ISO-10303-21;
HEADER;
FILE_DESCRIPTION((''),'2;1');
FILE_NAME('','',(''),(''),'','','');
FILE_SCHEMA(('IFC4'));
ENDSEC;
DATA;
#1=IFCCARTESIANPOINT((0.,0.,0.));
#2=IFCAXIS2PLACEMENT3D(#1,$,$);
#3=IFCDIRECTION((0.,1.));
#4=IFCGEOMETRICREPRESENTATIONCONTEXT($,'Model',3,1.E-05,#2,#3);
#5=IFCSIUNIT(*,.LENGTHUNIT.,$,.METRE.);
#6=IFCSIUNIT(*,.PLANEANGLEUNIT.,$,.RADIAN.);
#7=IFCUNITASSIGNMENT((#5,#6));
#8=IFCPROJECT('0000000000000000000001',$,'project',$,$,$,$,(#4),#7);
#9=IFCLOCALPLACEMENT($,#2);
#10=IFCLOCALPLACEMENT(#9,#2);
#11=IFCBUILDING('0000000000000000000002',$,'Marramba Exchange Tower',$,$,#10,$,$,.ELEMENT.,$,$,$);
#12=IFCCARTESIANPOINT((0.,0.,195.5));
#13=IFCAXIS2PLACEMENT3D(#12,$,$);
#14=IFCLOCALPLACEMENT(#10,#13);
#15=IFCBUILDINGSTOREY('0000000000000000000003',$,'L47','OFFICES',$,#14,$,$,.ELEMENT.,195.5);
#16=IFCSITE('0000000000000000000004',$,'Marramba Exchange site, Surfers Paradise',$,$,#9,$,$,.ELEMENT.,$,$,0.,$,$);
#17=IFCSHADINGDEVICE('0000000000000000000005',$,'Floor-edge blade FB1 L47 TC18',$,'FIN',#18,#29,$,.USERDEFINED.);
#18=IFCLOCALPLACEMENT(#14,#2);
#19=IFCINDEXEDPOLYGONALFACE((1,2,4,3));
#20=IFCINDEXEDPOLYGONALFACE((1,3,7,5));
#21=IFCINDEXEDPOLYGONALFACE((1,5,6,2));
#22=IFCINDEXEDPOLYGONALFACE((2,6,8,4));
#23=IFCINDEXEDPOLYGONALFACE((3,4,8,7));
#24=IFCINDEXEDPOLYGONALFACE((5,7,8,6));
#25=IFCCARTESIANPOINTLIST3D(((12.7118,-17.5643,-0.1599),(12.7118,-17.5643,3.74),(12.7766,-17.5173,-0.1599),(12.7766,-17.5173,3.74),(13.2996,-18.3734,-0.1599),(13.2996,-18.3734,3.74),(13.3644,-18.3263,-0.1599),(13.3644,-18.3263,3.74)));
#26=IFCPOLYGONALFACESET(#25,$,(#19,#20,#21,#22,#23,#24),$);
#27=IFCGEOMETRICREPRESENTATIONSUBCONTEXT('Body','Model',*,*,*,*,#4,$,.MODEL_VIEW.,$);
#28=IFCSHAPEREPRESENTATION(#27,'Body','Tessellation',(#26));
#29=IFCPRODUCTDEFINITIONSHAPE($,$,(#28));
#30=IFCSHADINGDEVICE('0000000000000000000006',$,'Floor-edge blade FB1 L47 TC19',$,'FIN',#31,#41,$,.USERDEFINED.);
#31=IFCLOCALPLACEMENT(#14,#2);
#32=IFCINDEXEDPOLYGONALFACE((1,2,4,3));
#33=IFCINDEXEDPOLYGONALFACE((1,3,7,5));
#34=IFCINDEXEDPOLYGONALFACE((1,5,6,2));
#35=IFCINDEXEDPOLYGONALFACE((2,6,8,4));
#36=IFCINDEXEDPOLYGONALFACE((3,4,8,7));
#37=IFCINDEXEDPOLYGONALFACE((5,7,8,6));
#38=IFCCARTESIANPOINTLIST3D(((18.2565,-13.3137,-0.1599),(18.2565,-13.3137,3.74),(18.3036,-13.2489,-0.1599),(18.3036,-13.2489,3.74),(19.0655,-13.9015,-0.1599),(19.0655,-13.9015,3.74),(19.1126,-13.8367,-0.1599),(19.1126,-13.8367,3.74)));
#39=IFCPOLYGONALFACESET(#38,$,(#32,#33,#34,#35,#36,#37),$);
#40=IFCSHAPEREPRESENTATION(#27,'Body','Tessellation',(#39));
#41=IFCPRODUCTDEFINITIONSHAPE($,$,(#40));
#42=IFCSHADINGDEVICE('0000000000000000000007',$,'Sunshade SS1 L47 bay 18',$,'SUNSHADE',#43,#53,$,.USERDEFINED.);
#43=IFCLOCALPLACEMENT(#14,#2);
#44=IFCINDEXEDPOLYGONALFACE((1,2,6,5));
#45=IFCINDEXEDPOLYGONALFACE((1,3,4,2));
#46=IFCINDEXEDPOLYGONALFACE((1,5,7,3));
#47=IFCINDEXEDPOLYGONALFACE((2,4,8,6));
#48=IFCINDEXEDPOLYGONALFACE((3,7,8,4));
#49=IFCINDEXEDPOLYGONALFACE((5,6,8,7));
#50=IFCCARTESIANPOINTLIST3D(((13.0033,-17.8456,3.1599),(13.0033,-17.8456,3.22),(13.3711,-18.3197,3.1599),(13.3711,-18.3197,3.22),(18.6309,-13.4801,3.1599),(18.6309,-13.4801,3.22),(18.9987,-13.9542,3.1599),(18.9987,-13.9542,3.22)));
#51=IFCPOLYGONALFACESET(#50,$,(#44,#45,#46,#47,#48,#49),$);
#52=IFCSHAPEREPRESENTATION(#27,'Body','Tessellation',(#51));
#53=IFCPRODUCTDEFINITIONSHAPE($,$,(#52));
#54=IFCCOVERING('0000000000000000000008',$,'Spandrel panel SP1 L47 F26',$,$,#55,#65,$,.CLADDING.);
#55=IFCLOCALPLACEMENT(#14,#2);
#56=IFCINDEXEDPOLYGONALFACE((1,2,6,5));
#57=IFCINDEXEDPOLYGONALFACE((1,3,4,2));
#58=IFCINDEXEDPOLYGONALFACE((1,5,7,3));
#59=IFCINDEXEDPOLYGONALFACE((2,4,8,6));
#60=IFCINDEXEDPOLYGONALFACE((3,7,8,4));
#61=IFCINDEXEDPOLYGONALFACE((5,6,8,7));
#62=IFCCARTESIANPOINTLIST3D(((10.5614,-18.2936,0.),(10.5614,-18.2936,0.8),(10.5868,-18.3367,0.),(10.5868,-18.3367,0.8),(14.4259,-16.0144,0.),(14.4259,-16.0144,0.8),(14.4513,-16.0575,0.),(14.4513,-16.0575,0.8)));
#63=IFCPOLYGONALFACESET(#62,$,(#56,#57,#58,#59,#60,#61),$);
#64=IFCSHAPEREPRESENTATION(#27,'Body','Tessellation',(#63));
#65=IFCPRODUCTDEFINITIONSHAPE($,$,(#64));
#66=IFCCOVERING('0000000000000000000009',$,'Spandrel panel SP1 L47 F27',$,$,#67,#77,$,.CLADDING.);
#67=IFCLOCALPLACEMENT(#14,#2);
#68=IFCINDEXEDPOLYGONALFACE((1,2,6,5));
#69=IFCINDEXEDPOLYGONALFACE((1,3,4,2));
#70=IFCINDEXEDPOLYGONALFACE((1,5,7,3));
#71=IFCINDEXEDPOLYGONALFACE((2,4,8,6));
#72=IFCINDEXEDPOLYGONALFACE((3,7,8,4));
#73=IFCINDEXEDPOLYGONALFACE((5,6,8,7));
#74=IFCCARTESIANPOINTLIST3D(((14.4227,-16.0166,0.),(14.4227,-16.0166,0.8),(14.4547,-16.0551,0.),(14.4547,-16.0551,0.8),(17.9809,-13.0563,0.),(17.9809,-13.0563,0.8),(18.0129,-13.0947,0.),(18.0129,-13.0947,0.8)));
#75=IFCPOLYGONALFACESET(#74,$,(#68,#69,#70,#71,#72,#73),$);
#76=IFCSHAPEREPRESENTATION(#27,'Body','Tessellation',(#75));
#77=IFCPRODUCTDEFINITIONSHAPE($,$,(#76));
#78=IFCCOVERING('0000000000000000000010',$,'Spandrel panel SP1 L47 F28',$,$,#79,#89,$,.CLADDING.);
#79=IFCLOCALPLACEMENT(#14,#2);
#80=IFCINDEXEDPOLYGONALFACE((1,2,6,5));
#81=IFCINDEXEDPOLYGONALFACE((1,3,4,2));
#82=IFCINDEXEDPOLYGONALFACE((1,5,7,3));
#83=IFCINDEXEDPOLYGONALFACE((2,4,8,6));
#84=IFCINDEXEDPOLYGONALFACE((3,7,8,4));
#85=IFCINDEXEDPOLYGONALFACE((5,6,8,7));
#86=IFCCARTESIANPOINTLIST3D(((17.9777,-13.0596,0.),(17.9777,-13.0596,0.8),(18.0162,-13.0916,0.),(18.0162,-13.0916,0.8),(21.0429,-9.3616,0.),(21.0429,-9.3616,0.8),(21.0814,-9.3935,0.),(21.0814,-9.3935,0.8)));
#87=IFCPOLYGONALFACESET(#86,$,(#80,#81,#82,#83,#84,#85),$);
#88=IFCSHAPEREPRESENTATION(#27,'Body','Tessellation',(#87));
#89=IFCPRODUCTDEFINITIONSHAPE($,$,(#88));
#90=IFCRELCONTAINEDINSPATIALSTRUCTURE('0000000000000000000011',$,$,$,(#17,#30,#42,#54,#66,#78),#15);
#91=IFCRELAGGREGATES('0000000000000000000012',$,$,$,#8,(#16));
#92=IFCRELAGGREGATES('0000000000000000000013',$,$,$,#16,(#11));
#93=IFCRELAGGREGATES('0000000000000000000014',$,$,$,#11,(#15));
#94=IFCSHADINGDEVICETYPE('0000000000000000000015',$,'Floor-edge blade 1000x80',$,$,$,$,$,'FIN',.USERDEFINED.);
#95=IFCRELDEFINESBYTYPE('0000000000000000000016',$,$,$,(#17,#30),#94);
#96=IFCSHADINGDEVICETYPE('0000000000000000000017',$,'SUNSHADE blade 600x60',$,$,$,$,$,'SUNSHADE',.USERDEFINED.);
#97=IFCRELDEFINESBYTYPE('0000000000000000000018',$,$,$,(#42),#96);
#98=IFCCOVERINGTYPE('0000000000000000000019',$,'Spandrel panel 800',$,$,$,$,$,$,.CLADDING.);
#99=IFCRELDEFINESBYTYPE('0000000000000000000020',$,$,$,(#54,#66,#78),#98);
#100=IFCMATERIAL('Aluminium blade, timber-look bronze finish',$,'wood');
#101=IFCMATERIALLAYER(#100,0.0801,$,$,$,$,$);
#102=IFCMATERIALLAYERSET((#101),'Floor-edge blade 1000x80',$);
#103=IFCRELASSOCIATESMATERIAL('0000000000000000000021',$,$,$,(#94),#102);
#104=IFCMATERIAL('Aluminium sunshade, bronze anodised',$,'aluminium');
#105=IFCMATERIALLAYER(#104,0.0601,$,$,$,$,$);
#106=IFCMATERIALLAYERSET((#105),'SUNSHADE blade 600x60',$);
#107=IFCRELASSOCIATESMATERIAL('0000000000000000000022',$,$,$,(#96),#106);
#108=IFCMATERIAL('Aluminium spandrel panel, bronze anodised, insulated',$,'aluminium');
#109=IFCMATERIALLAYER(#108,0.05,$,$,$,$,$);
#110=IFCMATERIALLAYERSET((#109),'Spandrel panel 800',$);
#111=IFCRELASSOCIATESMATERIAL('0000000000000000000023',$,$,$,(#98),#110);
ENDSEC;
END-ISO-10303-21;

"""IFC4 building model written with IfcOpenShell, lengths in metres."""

from ifc_helpers import new_model, si_unit, direction, frame, origin, origin_2d, place, context, subcontext, project, spatial, rectangle, extrude, material, layer, layer_set, type_object, element, save


model = new_model("IFC4")

# Units and contexts
model_context = context("Model", 3, precision=1e-05, world=origin(), true_north=direction((0.0, 1.0)))
body_context = subcontext(model_context, "Body", "Model", "MODEL_VIEW")
ifc_project = project(units=[si_unit("LENGTHUNIT", "METRE"), si_unit("PLANEANGLEUNIT", "RADIAN")], contexts=[model_context])

# Site, building, storey
site_placement = place(None, origin())
site = spatial("IfcSite", under=ifc_project, at=site_placement, Name="Marramba Exchange site, Surfers Paradise", CompositionType="ELEMENT", RefElevation=0.0)
building_placement = place(site_placement, origin())
building = spatial("IfcBuilding", under=site, at=building_placement, Name="Marramba Exchange Tower", CompositionType="ELEMENT")
storey_placement = place(building_placement, frame((0.0, 0.0, 195.5)))
storey = spatial("IfcBuildingStorey", under=building, at=storey_placement, Name="L47", Description="OFFICES", CompositionType="ELEMENT", Elevation=195.5)

# Shading devices
ifc_material_1 = material(Name="Aluminium blade, timber-look bronze finish", Category="wood")
ifc_layer_1 = layer(ifc_material_1, 0.0801)
ifc_layer_set_1 = layer_set([ifc_layer_1], Name="Floor-edge blade 1000x80")
shading_device_type_1 = type_object("IfcShadingDeviceType", Name="Floor-edge blade 1000x80", ElementType="FIN", PredefinedType="USERDEFINED", material=ifc_layer_set_1)
for number, where, z_axis, x_axis, name in (
    (1, (13.0381, -17.9453, -0.1599), (0.0, 0.0, 1.0), (0.587785, -0.809017, 0.0), "Floor-edge blade FB1 L47 TC18"),
    (2, (18.6846, -13.5752, -0.1599), (0.0, 0.0, 1.0), (0.809017, -0.587785, 0.0), "Floor-edge blade FB1 L47 TC19"),
):
    element("IfcShadingDevice", number, at=place(storey_placement, frame(where, z_axis=z_axis, x_axis=x_axis)), inside=storey, type_object=shading_device_type_1, Name=name, ObjectType="FIN", PredefinedType="USERDEFINED", context=body_context, shape_type="SweptSolid", body=[
        extrude(rectangle(XDim=1.0, YDim=0.0801, at=origin_2d()), origin(), (0.0, 0.0, 1.0), 3.8999),
    ])
ifc_material_2 = material(Name="Aluminium sunshade, bronze anodised", Category="aluminium")
ifc_layer_2 = layer(ifc_material_2, 0.0601)
ifc_layer_set_2 = layer_set([ifc_layer_2], Name="SUNSHADE blade 600x60")
shading_device_type_2 = type_object("IfcShadingDeviceType", Name="SUNSHADE blade 600x60", ElementType="SUNSHADE", PredefinedType="USERDEFINED", material=ifc_layer_set_2)
shading_device_placement = place(storey_placement, frame((16.001, -15.8999, 3.1599), z_axis=(0.0, 0.0, 1.0), x_axis=(0.790133, 0.612935, 0.0)))
element("IfcShadingDevice", 3, at=shading_device_placement, inside=storey, type_object=shading_device_type_2, Name="Sunshade SS1 L47 bay 18", ObjectType="SUNSHADE", PredefinedType="USERDEFINED", context=body_context, shape_type="SweptSolid", body=[
    extrude(rectangle(XDim=7.1223, YDim=0.6001, at=origin_2d()), origin(), (0.0, 0.0, 1.0), 0.0601),
])

# Coverings
ifc_material_3 = material(Name="Aluminium spandrel panel, bronze anodised, insulated", Category="aluminium")
ifc_layer_3 = layer(ifc_material_3, 0.05)
ifc_layer_set_3 = layer_set([ifc_layer_3], Name="Spandrel panel 800")
covering_type = type_object("IfcCoveringType", Name="Spandrel panel 800", PredefinedType="CLADDING", material=ifc_layer_set_3)
covering_1_placement = place(storey_placement, frame((12.5063, -17.1755, 0.0), z_axis=(0.0, 0.0, 1.0), x_axis=(0.861351, 0.508011, 0.0)))
element("IfcCovering", 4, at=covering_1_placement, inside=storey, type_object=covering_type, Name="Spandrel panel SP1 L47 F26", PredefinedType="CLADDING", context=body_context, shape_type="SweptSolid", body=[
    extrude(rectangle(XDim=4.4866, YDim=0.05, at=origin_2d()), origin(), (0.0, 0.0, 1.0), 0.8),
])
covering_2_placement = place(storey_placement, frame((16.2178, -14.5557, 0.0), z_axis=(0.0, 0.0, 1.0), x_axis=(0.768737, 0.639565, 0.0)))
element("IfcCovering", 5, at=covering_2_placement, inside=storey, type_object=covering_type, Name="Spandrel panel SP1 L47 F27", PredefinedType="CLADDING", context=body_context, shape_type="SweptSolid", body=[
    extrude(rectangle(XDim=4.6287, YDim=0.05, at=origin_2d()), origin(), (0.0, 0.0, 1.0), 0.8),
])
covering_3_placement = place(storey_placement, frame((19.5295, -11.2266, 0.0), z_axis=(0.0, 0.0, 1.0), x_axis=(0.63815, 0.769912, 0.0)))
element("IfcCovering", 6, at=covering_3_placement, inside=storey, type_object=covering_type, Name="Spandrel panel SP1 L47 F28", PredefinedType="CLADDING", context=body_context, shape_type="SweptSolid", body=[
    extrude(rectangle(XDim=4.8032, YDim=0.05, at=origin_2d()), origin(), (0.0, 0.0, 1.0), 0.8),
])

save(model, "model.ifc")
